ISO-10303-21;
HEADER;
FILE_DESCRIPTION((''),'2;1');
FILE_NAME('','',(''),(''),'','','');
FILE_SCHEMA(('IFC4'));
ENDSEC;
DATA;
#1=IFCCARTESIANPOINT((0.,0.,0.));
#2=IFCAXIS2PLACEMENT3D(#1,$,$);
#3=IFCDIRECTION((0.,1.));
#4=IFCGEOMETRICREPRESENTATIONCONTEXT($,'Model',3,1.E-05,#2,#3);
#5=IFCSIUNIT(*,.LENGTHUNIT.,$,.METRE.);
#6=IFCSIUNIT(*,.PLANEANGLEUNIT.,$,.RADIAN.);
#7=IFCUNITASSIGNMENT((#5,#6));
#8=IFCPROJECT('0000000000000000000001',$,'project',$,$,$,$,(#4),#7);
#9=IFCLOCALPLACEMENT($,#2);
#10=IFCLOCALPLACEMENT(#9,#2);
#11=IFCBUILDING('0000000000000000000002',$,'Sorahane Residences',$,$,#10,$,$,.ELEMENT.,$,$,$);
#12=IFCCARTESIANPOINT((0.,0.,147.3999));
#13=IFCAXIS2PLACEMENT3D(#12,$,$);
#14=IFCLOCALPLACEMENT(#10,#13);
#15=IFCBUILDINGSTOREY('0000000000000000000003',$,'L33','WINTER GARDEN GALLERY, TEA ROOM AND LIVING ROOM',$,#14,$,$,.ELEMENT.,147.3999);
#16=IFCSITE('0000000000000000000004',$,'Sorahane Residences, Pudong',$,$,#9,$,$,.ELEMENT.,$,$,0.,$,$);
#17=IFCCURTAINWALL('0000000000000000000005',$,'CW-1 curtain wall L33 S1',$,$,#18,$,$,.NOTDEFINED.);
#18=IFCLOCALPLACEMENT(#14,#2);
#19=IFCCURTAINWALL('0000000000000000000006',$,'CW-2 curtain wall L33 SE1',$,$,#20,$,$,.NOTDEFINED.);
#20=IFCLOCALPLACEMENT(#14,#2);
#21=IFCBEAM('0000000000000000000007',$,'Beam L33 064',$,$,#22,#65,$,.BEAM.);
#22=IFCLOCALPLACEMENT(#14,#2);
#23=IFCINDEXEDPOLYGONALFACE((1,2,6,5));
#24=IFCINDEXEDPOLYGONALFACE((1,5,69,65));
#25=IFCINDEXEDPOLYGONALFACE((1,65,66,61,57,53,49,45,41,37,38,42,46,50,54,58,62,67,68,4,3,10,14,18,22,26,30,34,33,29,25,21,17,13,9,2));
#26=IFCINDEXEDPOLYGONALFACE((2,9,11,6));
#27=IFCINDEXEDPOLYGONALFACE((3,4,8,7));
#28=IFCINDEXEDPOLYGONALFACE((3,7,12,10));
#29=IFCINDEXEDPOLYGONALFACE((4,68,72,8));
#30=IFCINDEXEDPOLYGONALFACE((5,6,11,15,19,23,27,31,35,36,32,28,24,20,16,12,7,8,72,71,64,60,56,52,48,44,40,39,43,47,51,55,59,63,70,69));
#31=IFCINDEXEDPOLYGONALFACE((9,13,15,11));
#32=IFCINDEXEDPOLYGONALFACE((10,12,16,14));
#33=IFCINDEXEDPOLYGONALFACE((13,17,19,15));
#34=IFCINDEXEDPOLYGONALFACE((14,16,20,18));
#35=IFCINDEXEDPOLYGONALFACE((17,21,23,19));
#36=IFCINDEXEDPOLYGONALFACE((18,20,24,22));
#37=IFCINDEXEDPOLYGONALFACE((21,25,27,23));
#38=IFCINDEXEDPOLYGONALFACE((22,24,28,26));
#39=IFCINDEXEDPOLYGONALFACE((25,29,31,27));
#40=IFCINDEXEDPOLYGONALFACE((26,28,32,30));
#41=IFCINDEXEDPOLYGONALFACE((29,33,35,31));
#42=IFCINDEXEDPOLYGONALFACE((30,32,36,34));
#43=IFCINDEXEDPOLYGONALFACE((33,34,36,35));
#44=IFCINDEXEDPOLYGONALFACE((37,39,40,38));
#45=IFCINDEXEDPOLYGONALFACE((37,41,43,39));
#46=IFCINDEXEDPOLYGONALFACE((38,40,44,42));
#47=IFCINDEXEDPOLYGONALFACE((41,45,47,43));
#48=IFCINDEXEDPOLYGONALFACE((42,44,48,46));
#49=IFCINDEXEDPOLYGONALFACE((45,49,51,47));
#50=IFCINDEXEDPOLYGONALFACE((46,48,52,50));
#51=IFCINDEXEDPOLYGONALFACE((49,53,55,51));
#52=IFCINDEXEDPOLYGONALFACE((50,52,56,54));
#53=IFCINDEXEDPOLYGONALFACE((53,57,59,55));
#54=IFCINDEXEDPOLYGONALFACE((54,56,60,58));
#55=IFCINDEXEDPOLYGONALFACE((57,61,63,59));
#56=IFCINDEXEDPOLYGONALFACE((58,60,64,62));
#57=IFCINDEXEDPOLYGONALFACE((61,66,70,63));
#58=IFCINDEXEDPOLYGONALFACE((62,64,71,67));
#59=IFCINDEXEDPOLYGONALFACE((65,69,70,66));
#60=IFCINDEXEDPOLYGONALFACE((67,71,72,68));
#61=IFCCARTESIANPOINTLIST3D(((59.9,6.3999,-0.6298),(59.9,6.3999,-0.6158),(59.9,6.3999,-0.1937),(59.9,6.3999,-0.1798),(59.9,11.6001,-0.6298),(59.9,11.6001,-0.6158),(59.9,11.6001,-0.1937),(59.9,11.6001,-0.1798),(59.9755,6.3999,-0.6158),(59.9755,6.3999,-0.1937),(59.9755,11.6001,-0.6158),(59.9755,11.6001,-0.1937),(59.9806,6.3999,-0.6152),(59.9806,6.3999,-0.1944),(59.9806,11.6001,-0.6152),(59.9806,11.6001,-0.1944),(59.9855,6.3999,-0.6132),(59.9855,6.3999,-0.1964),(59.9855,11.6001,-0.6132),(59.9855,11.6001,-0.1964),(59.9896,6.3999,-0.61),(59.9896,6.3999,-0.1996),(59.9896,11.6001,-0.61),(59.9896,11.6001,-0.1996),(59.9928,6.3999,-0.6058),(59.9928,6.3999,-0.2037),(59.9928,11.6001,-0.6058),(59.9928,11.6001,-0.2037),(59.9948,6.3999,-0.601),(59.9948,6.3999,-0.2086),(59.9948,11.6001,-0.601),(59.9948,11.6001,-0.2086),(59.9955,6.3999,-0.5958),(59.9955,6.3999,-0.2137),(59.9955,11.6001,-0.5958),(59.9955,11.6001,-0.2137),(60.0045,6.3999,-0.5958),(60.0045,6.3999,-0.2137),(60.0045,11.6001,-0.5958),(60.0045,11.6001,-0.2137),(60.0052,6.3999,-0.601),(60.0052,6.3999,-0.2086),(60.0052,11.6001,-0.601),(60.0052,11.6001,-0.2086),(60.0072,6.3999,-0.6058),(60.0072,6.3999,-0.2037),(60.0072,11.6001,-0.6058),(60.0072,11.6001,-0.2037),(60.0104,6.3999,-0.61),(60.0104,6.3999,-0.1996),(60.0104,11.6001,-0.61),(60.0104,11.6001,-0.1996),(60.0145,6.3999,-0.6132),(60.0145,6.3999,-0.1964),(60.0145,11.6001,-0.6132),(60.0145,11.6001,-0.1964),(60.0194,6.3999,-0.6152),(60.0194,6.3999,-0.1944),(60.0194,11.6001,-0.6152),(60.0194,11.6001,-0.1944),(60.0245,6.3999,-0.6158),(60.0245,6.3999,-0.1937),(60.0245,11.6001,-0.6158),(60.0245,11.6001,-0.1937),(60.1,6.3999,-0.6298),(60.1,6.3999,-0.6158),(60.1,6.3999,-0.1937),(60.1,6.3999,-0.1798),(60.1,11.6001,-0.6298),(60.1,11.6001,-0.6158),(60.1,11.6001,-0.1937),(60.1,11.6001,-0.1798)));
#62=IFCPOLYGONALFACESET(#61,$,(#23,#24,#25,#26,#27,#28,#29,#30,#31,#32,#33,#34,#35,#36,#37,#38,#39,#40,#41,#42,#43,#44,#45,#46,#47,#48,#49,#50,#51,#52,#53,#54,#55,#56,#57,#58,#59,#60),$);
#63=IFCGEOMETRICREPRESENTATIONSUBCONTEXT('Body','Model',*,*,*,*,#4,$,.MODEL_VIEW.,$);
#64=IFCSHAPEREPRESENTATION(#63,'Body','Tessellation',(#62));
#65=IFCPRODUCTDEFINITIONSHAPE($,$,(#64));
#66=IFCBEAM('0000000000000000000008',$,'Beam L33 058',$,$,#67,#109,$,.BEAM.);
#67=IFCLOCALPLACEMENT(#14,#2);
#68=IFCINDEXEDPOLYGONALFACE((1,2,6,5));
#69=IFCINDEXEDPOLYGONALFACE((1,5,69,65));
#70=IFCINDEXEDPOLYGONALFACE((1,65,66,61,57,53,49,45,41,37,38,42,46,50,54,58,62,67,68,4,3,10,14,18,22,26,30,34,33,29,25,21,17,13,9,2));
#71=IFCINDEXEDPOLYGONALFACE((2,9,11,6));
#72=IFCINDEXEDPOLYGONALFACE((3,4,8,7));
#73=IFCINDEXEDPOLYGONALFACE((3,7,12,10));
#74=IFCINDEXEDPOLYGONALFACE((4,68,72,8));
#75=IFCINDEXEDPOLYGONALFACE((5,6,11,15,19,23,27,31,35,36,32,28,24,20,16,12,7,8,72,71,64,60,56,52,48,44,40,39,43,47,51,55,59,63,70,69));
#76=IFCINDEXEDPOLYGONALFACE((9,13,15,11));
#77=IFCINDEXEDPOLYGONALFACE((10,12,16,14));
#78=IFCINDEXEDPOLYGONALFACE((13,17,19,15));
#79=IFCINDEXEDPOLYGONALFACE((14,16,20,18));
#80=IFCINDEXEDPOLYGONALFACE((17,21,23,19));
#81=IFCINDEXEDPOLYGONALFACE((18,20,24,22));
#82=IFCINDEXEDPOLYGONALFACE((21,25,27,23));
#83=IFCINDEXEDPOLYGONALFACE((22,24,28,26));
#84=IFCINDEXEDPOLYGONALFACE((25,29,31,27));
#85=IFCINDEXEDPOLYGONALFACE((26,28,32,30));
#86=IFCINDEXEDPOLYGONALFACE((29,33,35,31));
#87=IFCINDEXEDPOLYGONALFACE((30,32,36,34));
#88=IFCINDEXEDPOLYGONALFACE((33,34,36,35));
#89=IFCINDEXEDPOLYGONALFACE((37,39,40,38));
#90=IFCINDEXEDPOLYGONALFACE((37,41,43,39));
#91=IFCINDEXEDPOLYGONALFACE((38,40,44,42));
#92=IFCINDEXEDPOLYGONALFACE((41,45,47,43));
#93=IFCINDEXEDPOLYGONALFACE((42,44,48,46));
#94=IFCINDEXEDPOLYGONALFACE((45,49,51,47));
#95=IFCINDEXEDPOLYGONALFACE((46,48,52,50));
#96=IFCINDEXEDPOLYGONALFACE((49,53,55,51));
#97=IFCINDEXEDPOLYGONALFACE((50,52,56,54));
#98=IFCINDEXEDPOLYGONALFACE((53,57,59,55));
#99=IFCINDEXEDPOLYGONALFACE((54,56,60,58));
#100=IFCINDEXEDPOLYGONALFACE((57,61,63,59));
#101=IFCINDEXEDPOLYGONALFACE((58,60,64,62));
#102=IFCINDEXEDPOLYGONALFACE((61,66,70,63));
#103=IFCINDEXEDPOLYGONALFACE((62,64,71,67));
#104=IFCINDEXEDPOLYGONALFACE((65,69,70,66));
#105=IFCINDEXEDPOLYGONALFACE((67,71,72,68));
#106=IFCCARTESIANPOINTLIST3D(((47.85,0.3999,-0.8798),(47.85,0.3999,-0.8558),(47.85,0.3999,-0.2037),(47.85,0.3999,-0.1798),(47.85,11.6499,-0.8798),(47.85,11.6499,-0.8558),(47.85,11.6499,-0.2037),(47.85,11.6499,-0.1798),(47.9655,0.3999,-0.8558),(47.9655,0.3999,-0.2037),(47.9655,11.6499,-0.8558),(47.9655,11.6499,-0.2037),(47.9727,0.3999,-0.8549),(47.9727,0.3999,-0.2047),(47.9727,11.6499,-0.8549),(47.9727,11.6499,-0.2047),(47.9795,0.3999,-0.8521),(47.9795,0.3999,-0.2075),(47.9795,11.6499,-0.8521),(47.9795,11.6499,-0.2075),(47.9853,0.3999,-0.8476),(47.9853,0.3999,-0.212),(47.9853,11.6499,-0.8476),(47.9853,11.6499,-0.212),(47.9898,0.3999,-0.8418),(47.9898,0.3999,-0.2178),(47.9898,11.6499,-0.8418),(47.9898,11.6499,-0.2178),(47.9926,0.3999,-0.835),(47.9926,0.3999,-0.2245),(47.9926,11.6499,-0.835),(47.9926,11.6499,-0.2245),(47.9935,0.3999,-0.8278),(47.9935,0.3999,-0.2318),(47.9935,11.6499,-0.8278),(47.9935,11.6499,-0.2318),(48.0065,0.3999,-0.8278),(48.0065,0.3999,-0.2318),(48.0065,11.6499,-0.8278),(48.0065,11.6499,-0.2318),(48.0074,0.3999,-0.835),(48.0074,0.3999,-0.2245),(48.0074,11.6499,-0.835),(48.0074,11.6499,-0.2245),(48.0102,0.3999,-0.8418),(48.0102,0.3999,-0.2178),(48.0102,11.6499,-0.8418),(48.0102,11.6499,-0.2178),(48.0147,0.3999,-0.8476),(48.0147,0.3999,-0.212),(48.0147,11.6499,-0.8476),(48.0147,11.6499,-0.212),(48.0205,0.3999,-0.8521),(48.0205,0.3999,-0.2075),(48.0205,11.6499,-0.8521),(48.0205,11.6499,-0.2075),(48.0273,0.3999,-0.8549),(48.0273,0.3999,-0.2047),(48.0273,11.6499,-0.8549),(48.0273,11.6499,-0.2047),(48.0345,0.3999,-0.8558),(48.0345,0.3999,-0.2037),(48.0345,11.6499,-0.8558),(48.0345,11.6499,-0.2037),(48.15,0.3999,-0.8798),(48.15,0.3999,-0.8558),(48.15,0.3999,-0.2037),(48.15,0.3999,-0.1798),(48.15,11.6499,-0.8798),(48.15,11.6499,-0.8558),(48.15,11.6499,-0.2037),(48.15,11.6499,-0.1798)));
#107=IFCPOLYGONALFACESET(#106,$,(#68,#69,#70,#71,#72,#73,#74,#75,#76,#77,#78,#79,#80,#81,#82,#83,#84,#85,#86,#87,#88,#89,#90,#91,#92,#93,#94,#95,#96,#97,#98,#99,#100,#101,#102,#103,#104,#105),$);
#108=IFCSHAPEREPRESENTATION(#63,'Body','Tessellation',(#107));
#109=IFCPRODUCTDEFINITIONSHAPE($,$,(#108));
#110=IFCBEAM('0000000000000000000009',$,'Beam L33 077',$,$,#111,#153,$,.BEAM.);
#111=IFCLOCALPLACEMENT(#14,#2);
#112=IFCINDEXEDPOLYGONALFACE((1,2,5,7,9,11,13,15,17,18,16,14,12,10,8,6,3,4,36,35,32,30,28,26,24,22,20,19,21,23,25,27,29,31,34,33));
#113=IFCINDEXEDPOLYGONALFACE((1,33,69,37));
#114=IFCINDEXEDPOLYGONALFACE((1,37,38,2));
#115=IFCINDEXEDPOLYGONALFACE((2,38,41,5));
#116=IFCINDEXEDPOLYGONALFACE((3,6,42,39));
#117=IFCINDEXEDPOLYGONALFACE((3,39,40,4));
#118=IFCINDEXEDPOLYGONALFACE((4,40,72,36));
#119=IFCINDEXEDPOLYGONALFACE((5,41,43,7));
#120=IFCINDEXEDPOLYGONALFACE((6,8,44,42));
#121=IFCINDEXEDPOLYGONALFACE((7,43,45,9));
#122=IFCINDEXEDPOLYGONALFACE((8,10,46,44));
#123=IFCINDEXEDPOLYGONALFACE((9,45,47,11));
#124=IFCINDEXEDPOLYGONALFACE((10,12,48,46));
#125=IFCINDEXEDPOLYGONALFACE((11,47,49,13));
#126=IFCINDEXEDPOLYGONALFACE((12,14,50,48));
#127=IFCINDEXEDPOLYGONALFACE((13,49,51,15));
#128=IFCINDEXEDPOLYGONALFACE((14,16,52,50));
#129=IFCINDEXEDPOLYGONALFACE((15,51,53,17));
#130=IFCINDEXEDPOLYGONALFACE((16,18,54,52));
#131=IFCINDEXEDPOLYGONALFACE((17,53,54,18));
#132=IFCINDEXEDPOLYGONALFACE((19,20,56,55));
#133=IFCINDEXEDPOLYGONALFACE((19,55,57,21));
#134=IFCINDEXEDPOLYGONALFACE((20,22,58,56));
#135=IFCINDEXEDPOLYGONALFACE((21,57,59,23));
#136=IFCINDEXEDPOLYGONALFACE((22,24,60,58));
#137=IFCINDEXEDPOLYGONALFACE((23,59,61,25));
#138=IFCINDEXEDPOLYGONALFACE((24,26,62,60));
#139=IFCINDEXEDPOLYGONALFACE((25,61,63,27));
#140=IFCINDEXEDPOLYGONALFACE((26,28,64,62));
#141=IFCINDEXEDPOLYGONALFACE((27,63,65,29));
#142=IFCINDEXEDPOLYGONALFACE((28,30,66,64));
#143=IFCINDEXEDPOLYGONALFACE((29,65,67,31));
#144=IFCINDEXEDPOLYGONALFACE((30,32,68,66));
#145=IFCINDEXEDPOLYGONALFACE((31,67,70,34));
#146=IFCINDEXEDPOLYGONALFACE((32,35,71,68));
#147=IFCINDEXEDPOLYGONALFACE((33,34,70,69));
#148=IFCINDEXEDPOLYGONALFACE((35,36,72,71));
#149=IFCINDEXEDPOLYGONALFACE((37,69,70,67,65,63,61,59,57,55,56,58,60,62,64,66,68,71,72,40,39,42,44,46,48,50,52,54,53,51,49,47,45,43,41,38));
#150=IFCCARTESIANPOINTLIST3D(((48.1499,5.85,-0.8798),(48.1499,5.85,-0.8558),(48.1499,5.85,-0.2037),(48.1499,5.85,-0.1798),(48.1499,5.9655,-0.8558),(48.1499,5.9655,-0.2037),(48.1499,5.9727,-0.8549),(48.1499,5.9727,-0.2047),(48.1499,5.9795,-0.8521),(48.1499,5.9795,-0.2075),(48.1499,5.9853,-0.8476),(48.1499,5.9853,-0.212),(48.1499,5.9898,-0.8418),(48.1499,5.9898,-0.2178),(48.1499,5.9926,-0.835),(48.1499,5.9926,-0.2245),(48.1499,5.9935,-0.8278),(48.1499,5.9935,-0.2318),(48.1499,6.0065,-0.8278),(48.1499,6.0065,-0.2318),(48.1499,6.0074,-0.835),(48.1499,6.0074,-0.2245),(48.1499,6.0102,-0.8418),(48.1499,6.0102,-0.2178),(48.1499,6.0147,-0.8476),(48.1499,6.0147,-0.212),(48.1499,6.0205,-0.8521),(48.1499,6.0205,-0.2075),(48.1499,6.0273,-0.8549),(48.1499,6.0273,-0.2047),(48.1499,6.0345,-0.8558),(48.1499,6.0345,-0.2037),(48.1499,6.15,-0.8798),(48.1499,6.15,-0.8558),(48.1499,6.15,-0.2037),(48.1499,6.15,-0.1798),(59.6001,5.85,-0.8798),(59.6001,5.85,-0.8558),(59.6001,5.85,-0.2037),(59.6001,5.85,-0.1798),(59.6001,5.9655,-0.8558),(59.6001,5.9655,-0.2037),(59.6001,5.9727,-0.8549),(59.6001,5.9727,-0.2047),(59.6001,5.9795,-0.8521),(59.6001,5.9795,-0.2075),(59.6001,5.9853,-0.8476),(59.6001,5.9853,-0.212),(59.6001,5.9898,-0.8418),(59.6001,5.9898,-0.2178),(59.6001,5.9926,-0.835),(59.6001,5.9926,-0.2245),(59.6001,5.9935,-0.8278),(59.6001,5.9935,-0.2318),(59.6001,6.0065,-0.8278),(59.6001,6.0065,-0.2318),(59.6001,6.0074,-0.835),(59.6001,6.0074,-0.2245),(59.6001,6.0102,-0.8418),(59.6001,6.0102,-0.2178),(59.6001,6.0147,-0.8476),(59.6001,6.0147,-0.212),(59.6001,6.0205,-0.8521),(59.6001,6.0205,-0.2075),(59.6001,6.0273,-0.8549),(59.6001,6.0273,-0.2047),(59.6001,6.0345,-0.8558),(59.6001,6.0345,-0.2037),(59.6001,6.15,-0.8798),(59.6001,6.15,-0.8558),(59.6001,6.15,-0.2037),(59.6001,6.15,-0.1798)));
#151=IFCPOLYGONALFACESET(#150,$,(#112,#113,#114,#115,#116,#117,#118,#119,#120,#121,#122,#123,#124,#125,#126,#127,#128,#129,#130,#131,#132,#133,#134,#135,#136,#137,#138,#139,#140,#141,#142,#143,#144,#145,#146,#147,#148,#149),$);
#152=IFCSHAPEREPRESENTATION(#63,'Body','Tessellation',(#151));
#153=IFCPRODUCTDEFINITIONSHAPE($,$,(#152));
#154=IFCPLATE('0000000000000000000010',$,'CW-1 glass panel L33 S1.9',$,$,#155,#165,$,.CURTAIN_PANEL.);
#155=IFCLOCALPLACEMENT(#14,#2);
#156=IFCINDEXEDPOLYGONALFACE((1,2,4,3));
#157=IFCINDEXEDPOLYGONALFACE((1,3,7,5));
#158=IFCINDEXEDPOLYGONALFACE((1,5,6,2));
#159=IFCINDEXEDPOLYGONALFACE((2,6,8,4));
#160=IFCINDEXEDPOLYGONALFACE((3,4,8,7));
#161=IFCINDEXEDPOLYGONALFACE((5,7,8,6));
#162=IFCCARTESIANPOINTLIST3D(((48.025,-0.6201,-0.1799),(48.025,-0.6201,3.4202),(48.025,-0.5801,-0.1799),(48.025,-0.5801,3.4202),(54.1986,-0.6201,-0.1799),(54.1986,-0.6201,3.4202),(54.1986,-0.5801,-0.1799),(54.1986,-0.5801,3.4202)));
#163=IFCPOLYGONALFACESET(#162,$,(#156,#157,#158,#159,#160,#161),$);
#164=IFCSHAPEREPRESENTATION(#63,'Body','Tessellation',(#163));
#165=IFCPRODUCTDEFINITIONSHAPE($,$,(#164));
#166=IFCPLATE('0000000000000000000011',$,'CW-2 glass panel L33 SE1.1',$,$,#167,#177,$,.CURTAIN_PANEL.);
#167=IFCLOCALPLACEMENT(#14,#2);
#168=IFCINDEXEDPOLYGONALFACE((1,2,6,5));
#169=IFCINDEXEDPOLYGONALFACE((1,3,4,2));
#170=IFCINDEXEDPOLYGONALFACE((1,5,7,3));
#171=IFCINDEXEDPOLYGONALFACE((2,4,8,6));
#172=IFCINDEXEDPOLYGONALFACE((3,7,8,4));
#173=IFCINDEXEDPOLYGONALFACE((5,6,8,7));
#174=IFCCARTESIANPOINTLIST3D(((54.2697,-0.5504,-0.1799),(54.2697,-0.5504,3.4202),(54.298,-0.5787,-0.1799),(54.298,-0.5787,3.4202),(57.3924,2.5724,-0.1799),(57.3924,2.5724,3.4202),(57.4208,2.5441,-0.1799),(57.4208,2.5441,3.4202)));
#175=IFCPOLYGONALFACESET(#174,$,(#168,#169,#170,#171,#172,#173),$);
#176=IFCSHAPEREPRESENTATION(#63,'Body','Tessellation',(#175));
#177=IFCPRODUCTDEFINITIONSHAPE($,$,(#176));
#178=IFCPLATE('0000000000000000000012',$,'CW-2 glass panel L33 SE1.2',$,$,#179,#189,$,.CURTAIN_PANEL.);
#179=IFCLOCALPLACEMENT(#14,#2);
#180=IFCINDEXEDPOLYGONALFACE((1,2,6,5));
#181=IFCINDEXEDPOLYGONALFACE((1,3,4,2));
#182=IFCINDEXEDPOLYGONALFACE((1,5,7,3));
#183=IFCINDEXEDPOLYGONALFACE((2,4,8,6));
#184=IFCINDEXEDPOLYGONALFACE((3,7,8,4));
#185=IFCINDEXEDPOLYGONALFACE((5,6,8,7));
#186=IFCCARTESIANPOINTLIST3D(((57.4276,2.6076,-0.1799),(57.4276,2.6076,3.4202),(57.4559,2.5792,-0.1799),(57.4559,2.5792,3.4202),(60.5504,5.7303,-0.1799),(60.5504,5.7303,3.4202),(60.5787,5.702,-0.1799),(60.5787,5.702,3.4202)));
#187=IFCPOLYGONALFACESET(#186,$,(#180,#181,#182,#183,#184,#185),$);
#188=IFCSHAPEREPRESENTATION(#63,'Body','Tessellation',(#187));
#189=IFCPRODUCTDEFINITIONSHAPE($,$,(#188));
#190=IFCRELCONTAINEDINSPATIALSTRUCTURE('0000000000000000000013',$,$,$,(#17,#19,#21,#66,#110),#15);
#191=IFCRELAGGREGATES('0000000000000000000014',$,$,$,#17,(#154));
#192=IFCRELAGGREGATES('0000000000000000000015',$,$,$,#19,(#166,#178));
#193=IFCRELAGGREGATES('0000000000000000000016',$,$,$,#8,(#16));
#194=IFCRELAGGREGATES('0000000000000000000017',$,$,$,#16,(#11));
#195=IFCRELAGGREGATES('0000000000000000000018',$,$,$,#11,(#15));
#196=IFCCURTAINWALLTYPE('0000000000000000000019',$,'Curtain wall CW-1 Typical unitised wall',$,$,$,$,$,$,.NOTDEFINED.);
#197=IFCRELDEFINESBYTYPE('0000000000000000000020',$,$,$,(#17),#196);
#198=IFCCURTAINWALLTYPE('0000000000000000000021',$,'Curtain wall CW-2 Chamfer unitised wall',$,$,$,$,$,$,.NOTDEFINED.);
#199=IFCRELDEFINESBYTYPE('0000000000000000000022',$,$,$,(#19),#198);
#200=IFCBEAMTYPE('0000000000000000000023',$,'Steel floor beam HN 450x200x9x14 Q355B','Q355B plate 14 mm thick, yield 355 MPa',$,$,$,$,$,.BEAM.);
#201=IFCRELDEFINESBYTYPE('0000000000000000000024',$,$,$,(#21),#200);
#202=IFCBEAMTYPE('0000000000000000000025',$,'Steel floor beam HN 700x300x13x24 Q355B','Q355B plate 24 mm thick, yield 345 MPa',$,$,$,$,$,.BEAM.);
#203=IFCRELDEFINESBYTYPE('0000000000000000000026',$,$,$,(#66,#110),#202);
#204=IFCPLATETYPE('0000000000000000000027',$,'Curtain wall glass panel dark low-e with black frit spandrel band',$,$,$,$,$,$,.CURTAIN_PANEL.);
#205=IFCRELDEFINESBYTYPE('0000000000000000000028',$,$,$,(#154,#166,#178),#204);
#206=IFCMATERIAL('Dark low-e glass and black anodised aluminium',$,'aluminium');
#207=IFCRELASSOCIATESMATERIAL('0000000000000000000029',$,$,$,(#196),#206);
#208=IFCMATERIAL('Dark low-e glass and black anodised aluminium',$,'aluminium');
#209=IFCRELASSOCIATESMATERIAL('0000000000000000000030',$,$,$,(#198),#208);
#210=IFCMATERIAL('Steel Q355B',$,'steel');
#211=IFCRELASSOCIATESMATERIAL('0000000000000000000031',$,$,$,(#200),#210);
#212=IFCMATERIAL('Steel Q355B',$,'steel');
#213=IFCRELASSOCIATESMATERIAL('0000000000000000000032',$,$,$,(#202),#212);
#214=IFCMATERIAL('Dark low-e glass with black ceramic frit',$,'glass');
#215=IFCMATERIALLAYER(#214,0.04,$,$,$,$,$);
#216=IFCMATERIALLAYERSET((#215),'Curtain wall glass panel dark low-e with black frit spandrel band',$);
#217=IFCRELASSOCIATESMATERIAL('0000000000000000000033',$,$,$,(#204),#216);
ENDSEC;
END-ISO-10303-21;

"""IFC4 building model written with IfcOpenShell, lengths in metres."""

from ifc_helpers import new_model, si_unit, direction, frame, origin, origin_2d, place, context, subcontext, project, spatial, rectangle, i_section, extrude, material, layer, layer_set, material_profile, profile_set, type_object, element, aggregate, save


model = new_model("IFC4")

# Units and contexts
model_context = context("Model", 3, precision=1e-05, world=origin(), true_north=direction((0.0, 1.0)))
body_context = subcontext(model_context, "Body", "Model", "MODEL_VIEW")
ifc_project = project(units=[si_unit("LENGTHUNIT", "METRE"), si_unit("PLANEANGLEUNIT", "RADIAN")], contexts=[model_context])

# Site, building, storey
site_placement = place(None, origin())
site = spatial("IfcSite", under=ifc_project, at=site_placement, Name="Sorahane Residences, Pudong", CompositionType="ELEMENT", RefElevation=0.0)
building_placement = place(site_placement, origin())
building = spatial("IfcBuilding", under=site, at=building_placement, Name="Sorahane Residences", CompositionType="ELEMENT")
storey_placement = place(building_placement, frame((0.0, 0.0, 147.3999)))
storey = spatial("IfcBuildingStorey", under=building, at=storey_placement, Name="L33", Description="WINTER GARDEN GALLERY, TEA ROOM AND LIVING ROOM", CompositionType="ELEMENT", Elevation=147.3999)

# Curtain walls
ifc_material_1 = material(Name="Dark low-e glass and black anodised aluminium", Category="aluminium")
curtain_wall_type_1 = type_object("IfcCurtainWallType", Name="Curtain wall CW-1 Typical unitised wall", PredefinedType="NOTDEFINED", material=ifc_material_1)
curtain_wall_1_placement = place(storey_placement, origin())
curtain_wall_1 = element("IfcCurtainWall", 1, at=curtain_wall_1_placement, inside=storey, type_object=curtain_wall_type_1, Name="CW-1 curtain wall L33 S1", PredefinedType="NOTDEFINED")
ifc_material_2 = material(Name="Dark low-e glass and black anodised aluminium", Category="aluminium")
curtain_wall_type_2 = type_object("IfcCurtainWallType", Name="Curtain wall CW-2 Chamfer unitised wall", PredefinedType="NOTDEFINED", material=ifc_material_2)
curtain_wall_2_placement = place(storey_placement, origin())
curtain_wall_2 = element("IfcCurtainWall", 2, at=curtain_wall_2_placement, inside=storey, type_object=curtain_wall_type_2, Name="CW-2 curtain wall L33 SE1", PredefinedType="NOTDEFINED")

# Beams
ifc_material_3 = material(Name="Steel Q355B", Category="steel")
ifc_material_profile_1 = material_profile(ifc_material_3, i_section(OverallWidth=0.2, OverallDepth=0.45, WebThickness=0.009, FlangeThickness=0.0139, FilletRadius=0.02, at=origin_2d()), Name="HN 450x200x9x14")
ifc_profile_set_1 = profile_set([ifc_material_profile_1], Name="Steel Q355B")
beam_type_1 = type_object("IfcBeamType", Name="Steel floor beam HN 450x200x9x14 Q355B", Description="Q355B plate 14 mm thick, yield 355 MPa", PredefinedType="BEAM", material=ifc_profile_set_1)
for number, where, z_axis, x_axis, name in (
    (3, (60.0, 6.3999, -0.4048), (0.0, 1.0, 0.0), (-1.0, 0.0, 0.0), "Beam L33 064"),
):
    element("IfcBeam", number, at=place(storey_placement, frame(where, z_axis=z_axis, x_axis=x_axis)), inside=storey, type_object=beam_type_1, Name=name, PredefinedType="BEAM", context=body_context, shape_type="SweptSolid", body=[
        extrude(i_section(OverallWidth=0.2, OverallDepth=0.45, WebThickness=0.009, FlangeThickness=0.0139, FilletRadius=0.02, at=origin_2d()), origin(), (0.0, 0.0, 1.0), 5.2002),
    ])
ifc_material_4 = material(Name="Steel Q355B", Category="steel")
ifc_material_profile_2 = material_profile(ifc_material_4, i_section(OverallWidth=0.3, OverallDepth=0.7, WebThickness=0.0129, FlangeThickness=0.0239, FilletRadius=0.0281, at=origin_2d()), Name="HN 700x300x13x24")
ifc_profile_set_2 = profile_set([ifc_material_profile_2], Name="Steel Q355B")
beam_type_2 = type_object("IfcBeamType", Name="Steel floor beam HN 700x300x13x24 Q355B", Description="Q355B plate 24 mm thick, yield 345 MPa", PredefinedType="BEAM", material=ifc_profile_set_2)
beam_1_placement = place(storey_placement, frame((48.0, 0.3999, -0.5298), z_axis=(0.0, 1.0, 0.0), x_axis=(-1.0, 0.0, 0.0)))
element("IfcBeam", 4, at=beam_1_placement, inside=storey, type_object=beam_type_2, Name="Beam L33 058", PredefinedType="BEAM", context=body_context, shape_type="SweptSolid", body=[
    extrude(i_section(OverallWidth=0.3, OverallDepth=0.7, WebThickness=0.0129, FlangeThickness=0.0239, FilletRadius=0.0281, at=origin_2d()), origin(), (0.0, 0.0, 1.0), 11.25),
])
beam_2_placement = place(storey_placement, frame((48.1499, 6.0, -0.5298), z_axis=(1.0, 0.0, 0.0), x_axis=(0.0, 1.0, 0.0)))
element("IfcBeam", 5, at=beam_2_placement, inside=storey, type_object=beam_type_2, Name="Beam L33 077", PredefinedType="BEAM", context=body_context, shape_type="SweptSolid", body=[
    extrude(i_section(OverallWidth=0.3, OverallDepth=0.7, WebThickness=0.0129, FlangeThickness=0.0239, FilletRadius=0.0281, at=origin_2d()), origin(), (0.0, 0.0, 1.0), 11.4502),
])

# Plates
ifc_material_5 = material(Name="Dark low-e glass with black ceramic frit", Category="glass")
ifc_layer_1 = layer(ifc_material_5, 0.04)
ifc_layer_set_1 = layer_set([ifc_layer_1], Name="Curtain wall glass panel dark low-e with black frit spandrel band")
plate_type = type_object("IfcPlateType", Name="Curtain wall glass panel dark low-e with black frit spandrel band", PredefinedType="CURTAIN_PANEL", material=ifc_layer_set_1)
plate_1_placement = place(storey_placement, frame((51.1118, -0.6001, -0.1799), z_axis=(0.0, 0.0, 1.0), x_axis=(1.0, 0.0, 0.0)))
plate_1 = element("IfcPlate", 6, at=plate_1_placement, type_object=plate_type, Name="CW-1 glass panel L33 S1.9", PredefinedType="CURTAIN_PANEL", context=body_context, shape_type="SweptSolid", body=[
    extrude(rectangle(XDim=6.1736, YDim=0.04, at=origin_2d()), origin(), (0.0, 0.0, 1.0), 3.6001),
])
aggregate(curtain_wall_1, [plate_1])
plate_2_placement = place(storey_placement, frame((55.8452, 0.9968, -0.1799), z_axis=(0.0, 0.0, 1.0), x_axis=(0.707107, 0.707107, 0.0)))
plate_2 = element("IfcPlate", 7, at=plate_2_placement, type_object=plate_type, Name="CW-2 glass panel L33 SE1.1", PredefinedType="CURTAIN_PANEL", context=body_context, shape_type="SweptSolid", body=[
    extrude(rectangle(XDim=4.4163, YDim=0.04, at=origin_2d()), origin(), (0.0, 0.0, 1.0), 3.6001),
])
plate_3_placement = place(storey_placement, frame((59.0032, 4.1548, -0.1799), z_axis=(0.0, 0.0, 1.0), x_axis=(0.707107, 0.707107, 0.0)))
plate_3 = element("IfcPlate", 8, at=plate_3_placement, type_object=plate_type, Name="CW-2 glass panel L33 SE1.2", PredefinedType="CURTAIN_PANEL", context=body_context, shape_type="SweptSolid", body=[
    extrude(rectangle(XDim=4.4163, YDim=0.04, at=origin_2d()), origin(), (0.0, 0.0, 1.0), 3.6001),
])
aggregate(curtain_wall_2, [plate_2, plate_3])

save(model, "model.ifc")
